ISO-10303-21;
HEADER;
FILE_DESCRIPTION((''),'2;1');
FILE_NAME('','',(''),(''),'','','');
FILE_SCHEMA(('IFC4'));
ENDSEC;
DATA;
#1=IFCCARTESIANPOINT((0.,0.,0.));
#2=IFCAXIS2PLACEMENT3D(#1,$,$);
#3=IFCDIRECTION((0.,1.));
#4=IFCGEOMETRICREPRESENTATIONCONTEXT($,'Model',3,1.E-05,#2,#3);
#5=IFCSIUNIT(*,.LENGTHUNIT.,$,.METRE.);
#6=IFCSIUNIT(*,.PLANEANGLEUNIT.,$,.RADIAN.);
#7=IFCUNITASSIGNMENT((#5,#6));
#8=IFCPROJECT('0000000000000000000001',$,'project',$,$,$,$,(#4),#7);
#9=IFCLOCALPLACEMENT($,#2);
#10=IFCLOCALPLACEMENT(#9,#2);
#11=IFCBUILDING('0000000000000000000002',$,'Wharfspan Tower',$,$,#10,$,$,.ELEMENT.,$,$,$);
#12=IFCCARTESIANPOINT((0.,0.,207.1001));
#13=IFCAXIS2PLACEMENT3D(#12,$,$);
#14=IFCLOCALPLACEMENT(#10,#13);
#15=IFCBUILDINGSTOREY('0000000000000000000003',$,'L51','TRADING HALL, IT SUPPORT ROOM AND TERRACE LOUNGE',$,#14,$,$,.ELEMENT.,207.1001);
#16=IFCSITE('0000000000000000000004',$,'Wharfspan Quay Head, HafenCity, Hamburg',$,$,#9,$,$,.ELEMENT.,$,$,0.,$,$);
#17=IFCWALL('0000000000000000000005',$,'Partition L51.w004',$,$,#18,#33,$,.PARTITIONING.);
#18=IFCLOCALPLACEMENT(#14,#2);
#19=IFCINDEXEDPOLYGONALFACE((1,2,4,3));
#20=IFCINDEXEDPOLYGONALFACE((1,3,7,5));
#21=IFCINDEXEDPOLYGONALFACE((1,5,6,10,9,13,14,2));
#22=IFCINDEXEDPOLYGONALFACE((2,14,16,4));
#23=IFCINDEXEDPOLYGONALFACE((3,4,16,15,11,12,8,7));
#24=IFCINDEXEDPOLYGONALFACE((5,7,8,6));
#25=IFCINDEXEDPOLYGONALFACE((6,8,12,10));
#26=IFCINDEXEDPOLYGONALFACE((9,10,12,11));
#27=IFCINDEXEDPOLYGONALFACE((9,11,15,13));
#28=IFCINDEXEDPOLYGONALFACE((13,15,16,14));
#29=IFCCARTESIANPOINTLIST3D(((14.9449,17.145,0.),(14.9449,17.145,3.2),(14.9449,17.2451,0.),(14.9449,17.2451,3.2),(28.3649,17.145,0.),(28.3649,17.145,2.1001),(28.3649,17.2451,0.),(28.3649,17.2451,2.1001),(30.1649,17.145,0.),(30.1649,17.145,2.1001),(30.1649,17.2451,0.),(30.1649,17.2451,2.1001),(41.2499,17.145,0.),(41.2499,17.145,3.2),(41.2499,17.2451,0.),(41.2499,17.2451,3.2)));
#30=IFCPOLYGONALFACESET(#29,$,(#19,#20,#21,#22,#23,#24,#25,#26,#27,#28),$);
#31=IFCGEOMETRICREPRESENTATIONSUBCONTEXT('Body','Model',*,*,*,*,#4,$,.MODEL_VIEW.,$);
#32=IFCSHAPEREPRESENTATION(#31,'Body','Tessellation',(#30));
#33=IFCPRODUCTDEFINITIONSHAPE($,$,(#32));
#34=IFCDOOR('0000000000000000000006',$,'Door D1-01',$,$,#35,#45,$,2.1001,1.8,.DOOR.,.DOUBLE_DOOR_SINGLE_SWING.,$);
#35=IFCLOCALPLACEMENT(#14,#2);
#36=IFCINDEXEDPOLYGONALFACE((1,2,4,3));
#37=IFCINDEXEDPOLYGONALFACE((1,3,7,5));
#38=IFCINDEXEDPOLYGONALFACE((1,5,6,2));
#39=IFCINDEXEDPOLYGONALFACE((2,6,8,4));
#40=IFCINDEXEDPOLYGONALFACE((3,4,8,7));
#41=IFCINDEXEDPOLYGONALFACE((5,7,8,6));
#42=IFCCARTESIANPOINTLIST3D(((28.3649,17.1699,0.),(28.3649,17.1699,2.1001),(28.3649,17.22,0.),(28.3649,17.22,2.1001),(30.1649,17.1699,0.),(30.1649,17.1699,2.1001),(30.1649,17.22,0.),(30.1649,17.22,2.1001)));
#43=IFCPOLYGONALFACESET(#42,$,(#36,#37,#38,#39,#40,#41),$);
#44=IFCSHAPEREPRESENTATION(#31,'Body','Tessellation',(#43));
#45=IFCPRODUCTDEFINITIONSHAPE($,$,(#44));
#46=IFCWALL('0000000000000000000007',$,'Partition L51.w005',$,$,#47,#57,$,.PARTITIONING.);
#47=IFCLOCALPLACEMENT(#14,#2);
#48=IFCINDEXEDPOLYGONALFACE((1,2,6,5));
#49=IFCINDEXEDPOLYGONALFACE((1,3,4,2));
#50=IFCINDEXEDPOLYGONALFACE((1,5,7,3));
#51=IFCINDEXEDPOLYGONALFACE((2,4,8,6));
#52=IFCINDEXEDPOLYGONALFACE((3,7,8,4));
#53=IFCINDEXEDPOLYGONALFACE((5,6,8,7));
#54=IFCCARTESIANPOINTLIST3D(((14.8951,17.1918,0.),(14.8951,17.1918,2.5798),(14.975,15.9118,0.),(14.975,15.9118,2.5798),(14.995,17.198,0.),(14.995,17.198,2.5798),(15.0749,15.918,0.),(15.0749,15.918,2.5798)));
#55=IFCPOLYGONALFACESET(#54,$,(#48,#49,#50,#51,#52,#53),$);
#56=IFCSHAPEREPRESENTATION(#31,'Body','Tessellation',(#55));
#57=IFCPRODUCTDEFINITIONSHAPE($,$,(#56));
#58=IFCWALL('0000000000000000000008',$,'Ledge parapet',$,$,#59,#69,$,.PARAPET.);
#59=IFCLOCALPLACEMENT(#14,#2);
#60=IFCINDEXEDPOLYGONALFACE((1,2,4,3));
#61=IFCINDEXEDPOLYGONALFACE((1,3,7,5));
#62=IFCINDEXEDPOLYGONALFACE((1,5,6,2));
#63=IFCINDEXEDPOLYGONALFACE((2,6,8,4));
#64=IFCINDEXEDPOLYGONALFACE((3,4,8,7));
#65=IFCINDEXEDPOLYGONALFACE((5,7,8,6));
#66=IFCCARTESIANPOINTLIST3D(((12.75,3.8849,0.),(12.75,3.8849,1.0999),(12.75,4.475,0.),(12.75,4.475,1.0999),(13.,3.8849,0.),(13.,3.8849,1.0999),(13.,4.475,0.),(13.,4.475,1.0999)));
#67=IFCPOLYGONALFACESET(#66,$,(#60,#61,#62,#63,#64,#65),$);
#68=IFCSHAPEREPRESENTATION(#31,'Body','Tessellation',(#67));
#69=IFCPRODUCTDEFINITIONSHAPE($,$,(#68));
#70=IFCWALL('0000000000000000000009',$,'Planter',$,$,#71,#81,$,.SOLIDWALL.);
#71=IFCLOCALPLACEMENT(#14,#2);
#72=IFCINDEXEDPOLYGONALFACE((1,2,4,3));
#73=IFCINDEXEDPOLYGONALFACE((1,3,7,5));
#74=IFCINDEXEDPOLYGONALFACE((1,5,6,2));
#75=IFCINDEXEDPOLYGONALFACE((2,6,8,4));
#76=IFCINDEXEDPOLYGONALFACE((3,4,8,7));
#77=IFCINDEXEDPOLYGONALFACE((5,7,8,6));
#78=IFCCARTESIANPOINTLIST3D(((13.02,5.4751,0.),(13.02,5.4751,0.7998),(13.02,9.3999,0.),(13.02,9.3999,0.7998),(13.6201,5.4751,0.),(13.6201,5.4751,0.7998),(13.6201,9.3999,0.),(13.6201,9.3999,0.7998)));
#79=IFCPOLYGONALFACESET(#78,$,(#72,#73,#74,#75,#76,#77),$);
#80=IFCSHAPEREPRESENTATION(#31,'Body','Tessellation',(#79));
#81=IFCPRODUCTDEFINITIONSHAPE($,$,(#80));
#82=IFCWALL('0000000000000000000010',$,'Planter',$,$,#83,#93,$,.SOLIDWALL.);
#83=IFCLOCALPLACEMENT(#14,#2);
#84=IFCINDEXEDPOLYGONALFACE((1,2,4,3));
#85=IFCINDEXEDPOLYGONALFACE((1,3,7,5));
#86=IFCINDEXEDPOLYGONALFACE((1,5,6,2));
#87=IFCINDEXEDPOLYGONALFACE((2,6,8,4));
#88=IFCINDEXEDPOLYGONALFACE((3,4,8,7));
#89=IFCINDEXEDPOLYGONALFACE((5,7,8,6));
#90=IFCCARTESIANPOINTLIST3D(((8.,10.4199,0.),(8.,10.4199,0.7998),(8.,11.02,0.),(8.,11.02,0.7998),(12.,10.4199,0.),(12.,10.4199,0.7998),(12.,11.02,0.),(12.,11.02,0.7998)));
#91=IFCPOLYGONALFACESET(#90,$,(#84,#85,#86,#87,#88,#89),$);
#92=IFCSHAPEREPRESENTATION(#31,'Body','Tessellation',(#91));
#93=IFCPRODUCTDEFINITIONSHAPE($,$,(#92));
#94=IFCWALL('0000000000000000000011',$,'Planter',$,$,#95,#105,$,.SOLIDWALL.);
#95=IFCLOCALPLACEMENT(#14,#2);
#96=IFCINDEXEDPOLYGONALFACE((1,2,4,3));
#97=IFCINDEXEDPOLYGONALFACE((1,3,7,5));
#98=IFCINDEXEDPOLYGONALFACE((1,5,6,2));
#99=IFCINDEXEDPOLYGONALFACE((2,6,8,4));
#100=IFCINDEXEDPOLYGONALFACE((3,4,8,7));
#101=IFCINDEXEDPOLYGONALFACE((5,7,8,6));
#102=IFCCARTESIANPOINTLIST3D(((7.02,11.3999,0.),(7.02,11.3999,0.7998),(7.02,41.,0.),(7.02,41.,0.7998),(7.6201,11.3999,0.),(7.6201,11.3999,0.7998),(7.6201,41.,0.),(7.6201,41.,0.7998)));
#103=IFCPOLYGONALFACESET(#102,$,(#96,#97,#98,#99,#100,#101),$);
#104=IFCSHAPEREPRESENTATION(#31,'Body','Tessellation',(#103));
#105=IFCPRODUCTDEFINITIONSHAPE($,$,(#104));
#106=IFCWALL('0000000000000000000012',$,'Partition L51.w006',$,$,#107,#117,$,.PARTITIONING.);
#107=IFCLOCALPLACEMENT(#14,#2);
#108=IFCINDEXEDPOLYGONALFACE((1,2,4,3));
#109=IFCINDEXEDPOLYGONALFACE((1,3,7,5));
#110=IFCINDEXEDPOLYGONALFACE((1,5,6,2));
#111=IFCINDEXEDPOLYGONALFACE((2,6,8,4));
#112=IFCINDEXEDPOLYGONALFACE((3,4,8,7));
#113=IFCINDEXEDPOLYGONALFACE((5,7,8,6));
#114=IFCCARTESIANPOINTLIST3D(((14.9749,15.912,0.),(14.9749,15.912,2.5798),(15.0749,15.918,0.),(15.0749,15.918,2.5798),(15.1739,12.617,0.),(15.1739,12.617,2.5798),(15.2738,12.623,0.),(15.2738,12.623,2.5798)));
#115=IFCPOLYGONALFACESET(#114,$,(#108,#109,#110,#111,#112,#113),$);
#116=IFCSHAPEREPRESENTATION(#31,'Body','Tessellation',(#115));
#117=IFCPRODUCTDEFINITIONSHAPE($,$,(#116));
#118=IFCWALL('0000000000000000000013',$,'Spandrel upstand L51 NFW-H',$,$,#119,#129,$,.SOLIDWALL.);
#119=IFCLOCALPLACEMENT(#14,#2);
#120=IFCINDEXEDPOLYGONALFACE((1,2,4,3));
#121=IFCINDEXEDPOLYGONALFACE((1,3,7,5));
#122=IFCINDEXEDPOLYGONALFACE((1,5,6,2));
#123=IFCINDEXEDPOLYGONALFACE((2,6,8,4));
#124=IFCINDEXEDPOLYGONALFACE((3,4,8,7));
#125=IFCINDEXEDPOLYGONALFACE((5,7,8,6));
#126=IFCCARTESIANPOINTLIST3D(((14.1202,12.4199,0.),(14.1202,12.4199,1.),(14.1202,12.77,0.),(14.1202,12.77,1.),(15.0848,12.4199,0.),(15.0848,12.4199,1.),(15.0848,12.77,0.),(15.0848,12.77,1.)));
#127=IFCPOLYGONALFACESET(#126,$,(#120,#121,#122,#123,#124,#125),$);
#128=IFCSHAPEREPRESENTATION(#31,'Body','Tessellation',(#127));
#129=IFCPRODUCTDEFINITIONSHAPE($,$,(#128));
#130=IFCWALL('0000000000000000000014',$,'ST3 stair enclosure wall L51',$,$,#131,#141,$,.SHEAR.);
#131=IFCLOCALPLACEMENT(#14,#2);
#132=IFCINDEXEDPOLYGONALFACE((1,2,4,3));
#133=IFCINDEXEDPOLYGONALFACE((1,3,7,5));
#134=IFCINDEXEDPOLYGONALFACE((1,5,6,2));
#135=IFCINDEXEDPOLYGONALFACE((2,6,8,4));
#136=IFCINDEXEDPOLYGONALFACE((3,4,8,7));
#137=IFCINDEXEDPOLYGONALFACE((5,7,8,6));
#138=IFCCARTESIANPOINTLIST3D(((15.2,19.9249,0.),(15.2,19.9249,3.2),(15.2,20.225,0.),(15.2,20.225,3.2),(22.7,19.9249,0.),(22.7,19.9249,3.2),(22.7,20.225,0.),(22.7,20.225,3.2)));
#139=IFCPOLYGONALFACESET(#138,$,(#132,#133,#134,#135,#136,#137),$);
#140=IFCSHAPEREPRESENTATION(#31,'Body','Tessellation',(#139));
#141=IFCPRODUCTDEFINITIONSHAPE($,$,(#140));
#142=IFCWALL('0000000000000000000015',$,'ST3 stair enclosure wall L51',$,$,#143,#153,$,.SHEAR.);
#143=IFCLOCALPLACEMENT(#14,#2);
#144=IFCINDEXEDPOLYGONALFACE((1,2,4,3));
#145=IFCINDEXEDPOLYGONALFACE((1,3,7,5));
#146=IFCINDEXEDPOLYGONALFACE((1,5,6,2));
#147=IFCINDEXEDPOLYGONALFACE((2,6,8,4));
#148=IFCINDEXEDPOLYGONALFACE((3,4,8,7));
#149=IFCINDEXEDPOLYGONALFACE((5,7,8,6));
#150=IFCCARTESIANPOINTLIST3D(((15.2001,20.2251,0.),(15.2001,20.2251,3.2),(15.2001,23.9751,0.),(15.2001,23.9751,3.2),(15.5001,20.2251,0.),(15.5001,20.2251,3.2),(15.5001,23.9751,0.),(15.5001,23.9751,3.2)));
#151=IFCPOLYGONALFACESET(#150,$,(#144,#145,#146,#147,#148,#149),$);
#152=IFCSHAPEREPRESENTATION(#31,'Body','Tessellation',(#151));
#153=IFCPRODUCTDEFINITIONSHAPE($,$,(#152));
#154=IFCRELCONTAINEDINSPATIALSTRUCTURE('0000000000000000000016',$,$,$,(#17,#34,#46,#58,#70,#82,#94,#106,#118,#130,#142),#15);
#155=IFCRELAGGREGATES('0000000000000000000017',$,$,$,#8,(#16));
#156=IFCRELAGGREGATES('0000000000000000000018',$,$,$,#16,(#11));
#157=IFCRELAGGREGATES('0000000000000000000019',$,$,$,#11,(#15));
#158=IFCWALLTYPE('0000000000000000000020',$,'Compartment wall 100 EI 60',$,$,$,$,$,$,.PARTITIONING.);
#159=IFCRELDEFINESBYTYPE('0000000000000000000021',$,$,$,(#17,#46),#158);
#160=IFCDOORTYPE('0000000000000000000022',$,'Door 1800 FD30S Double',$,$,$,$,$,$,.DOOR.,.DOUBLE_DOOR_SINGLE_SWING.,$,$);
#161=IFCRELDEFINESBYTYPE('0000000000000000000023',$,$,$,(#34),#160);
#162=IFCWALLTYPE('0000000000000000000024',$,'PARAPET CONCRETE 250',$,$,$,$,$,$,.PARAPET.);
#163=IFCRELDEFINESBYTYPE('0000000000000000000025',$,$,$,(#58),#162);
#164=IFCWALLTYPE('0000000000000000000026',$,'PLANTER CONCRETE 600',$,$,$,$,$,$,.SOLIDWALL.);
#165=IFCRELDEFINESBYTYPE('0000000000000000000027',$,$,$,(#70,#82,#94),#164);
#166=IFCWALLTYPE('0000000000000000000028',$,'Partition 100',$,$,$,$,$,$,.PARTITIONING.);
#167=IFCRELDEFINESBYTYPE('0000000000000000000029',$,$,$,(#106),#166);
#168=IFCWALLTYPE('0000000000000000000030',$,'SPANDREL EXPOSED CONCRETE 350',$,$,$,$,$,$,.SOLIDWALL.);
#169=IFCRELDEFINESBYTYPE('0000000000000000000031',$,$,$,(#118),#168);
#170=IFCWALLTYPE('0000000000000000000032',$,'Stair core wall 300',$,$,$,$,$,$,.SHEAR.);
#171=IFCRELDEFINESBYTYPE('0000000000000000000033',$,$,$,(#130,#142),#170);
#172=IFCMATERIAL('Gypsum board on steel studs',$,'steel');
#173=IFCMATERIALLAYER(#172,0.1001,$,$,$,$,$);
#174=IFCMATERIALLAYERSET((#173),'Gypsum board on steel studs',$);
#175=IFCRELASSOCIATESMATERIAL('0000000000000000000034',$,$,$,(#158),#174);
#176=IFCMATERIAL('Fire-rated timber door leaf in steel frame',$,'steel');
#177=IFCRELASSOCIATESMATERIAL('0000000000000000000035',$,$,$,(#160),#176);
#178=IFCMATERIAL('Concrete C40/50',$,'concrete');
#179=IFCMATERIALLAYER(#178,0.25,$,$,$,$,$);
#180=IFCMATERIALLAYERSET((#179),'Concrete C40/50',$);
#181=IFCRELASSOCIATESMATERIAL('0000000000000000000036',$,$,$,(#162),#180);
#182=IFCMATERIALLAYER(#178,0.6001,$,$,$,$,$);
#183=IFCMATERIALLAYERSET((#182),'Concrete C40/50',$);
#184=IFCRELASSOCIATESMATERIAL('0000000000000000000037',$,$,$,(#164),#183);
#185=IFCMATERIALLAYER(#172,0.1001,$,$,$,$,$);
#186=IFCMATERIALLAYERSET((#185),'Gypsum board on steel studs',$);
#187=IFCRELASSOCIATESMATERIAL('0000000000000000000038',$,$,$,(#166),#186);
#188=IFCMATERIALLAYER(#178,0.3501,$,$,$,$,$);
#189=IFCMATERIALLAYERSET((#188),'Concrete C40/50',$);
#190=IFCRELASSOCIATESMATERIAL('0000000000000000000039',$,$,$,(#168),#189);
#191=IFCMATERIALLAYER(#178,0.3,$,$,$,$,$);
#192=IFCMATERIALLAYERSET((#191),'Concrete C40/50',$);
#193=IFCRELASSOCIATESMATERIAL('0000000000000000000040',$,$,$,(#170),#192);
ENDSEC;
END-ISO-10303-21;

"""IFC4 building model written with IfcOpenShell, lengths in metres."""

from ifc_helpers import new_model, si_unit, direction, frame, frame_2d, origin, place, context, subcontext, project, spatial, rectangle, extrude, material, layer, layer_set, type_object, element, fill, save


model = new_model("IFC4")

# Units and contexts
model_context = context("Model", 3, precision=1e-05, world=origin(), true_north=direction((0.0, 1.0)))
body_context = subcontext(model_context, "Body", "Model", "MODEL_VIEW")
ifc_project = project(units=[si_unit("LENGTHUNIT", "METRE"), si_unit("PLANEANGLEUNIT", "RADIAN")], contexts=[model_context])

# Site, building, storey
site_placement = place(None, origin())
site = spatial("IfcSite", under=ifc_project, at=site_placement, Name="Wharfspan Quay Head, HafenCity, Hamburg", CompositionType="ELEMENT", RefElevation=0.0)
building_placement = place(site_placement, origin())
building = spatial("IfcBuilding", under=site, at=building_placement, Name="Wharfspan Tower", CompositionType="ELEMENT")
storey_placement = place(building_placement, frame((0.0, 0.0, 207.1001)))
storey = spatial("IfcBuildingStorey", under=building, at=storey_placement, Name="L51", Description="TRADING HALL, IT SUPPORT ROOM AND TERRACE LOUNGE", CompositionType="ELEMENT", Elevation=207.1001)

# Shared definitions
ifc_material_1 = material(Name="Concrete C40/50", Category="concrete")

# Wall, opening, door
ifc_material_2 = material(Name="Gypsum board on steel studs", Category="steel")
ifc_layer_1 = layer(ifc_material_2, 0.1001)
ifc_layer_set_1 = layer_set([ifc_layer_1], Name="Gypsum board on steel studs")
wall_type_1 = type_object("IfcWallType", Name="Compartment wall 100 EI 60", PredefinedType="PARTITIONING", material=ifc_layer_set_1)
wall_1_placement = place(storey_placement, frame((14.9451, 17.1951, 0.0), z_axis=(0.0, 0.0, 1.0), x_axis=(1.0, 0.0, 0.0)))
wall_1 = element("IfcWall", 1, at=wall_1_placement, inside=storey, type_object=wall_type_1, Name="Partition L51.w004", PredefinedType="PARTITIONING", context=body_context, shape_type="SweptSolid", body=[
    extrude(rectangle(XDim=26.3049, YDim=0.1001, at=frame_2d((13.1523, 0.0))), origin(), (0.0, 0.0, 1.0), 3.2),
])
opening_placement = place(wall_1_placement, frame((13.4199, 0.0, 0.0)))
opening = element("IfcOpeningElement", 2, at=opening_placement, cuts=wall_1, PredefinedType="OPENING", context=body_context, shape_type="SweptSolid", body=[
    extrude(rectangle(XDim=1.8, YDim=2.1001, at=frame_2d((0.8999, 1.05))), frame((0.0, 0.0601, 0.0), z_axis=(0.0, -1.0, 0.0), x_axis=(1.0, 0.0, 0.0)), (0.0, 0.0, 1.0), 0.1201),
])
ifc_material_3 = material(Name="Fire-rated timber door leaf in steel frame", Category="steel")
door_type = type_object("IfcDoorType", Name="Door 1800 FD30S Double", OperationType="DOUBLE_DOOR_SINGLE_SWING", PredefinedType="DOOR", material=ifc_material_3)
door_placement = place(opening_placement, origin())
door = element("IfcDoor", 3, at=door_placement, inside=storey, type_object=door_type, Name="Door D1-01", OperationType="DOUBLE_DOOR_SINGLE_SWING", OverallHeight=2.1001, OverallWidth=1.8, PredefinedType="DOOR", context=body_context, shape_type="SweptSolid", body=[
    extrude(rectangle(XDim=1.8, YDim=2.1001, at=frame_2d((0.8999, 1.05))), frame((0.0, 0.0249, 0.0), z_axis=(0.0, -1.0, 0.0), x_axis=(1.0, 0.0, 0.0)), (0.0, 0.0, 1.0), 0.05),
])
fill(opening, door)

# Walls
wall_2_placement = place(storey_placement, frame((15.0249, 15.915, 0.0), z_axis=(0.0, 0.0, 1.0), x_axis=(-0.062248, 0.998062, 0.0)))
element("IfcWall", 4, at=wall_2_placement, inside=storey, type_object=wall_type_1, Name="Partition L51.w005", PredefinedType="PARTITIONING", context=body_context, shape_type="SweptSolid", body=[
    extrude(rectangle(XDim=1.2825, YDim=0.1001, at=frame_2d((0.6411, 0.0))), origin(), (0.0, 0.0, 1.0), 2.5798),
])
ifc_layer_2 = layer(ifc_material_1, 0.25)
ifc_layer_set_2 = layer_set([ifc_layer_2], Name="Concrete C40/50")
wall_type_2 = type_object("IfcWallType", Name="PARAPET CONCRETE 250", PredefinedType="PARAPET", material=ifc_layer_set_2)
wall_3_placement = place(storey_placement, frame((12.875, 3.885, 0.0), z_axis=(0.0, 0.0, 1.0), x_axis=(0.0, 1.0, 0.0)))
element("IfcWall", 5, at=wall_3_placement, inside=storey, type_object=wall_type_2, Name="Ledge parapet", PredefinedType="PARAPET", context=body_context, shape_type="SweptSolid", body=[
    extrude(rectangle(XDim=0.5901, YDim=0.25, at=frame_2d((0.2949, 0.0))), origin(), (0.0, 0.0, 1.0), 1.0999),
])
ifc_layer_3 = layer(ifc_material_1, 0.6001)
ifc_layer_set_3 = layer_set([ifc_layer_3], Name="Concrete C40/50")
wall_type_3 = type_object("IfcWallType", Name="PLANTER CONCRETE 600", PredefinedType="SOLIDWALL", material=ifc_layer_set_3)
wall_4_placement = place(storey_placement, frame((13.3201, 5.4751, 0.0), z_axis=(0.0, 0.0, 1.0), x_axis=(0.0, 1.0, 0.0)))
element("IfcWall", 6, at=wall_4_placement, inside=storey, type_object=wall_type_3, Name="Planter", PredefinedType="SOLIDWALL", context=body_context, shape_type="SweptSolid", body=[
    extrude(rectangle(XDim=3.9248, YDim=0.6001, at=frame_2d((1.9624, 0.0))), origin(), (0.0, 0.0, 1.0), 0.7998),
])
wall_5_placement = place(storey_placement, frame((12.0, 10.72, 0.0), z_axis=(0.0, 0.0, 1.0), x_axis=(-1.0, 0.0, 0.0)))
element("IfcWall", 7, at=wall_5_placement, inside=storey, type_object=wall_type_3, Name="Planter", PredefinedType="SOLIDWALL", context=body_context, shape_type="SweptSolid", body=[
    extrude(rectangle(XDim=4.0, YDim=0.6001, at=frame_2d((2.0, 0.0))), origin(), (0.0, 0.0, 1.0), 0.7998),
])
wall_6_placement = place(storey_placement, frame((7.3201, 11.3999, 0.0), z_axis=(0.0, 0.0, 1.0), x_axis=(0.0, 1.0, 0.0)))
element("IfcWall", 8, at=wall_6_placement, inside=storey, type_object=wall_type_3, Name="Planter", PredefinedType="SOLIDWALL", context=body_context, shape_type="SweptSolid", body=[
    extrude(rectangle(XDim=29.6001, YDim=0.6001, at=frame_2d((14.8, 0.0))), origin(), (0.0, 0.0, 1.0), 0.7998),
])
ifc_layer_4 = layer(ifc_material_2, 0.1001)
ifc_layer_set_4 = layer_set([ifc_layer_4], Name="Gypsum board on steel studs")
wall_type_4 = type_object("IfcWallType", Name="Partition 100", PredefinedType="PARTITIONING", material=ifc_layer_set_4)
wall_7_placement = place(storey_placement, frame((15.2239, 12.6201, 0.0), z_axis=(0.0, 0.0, 1.0), x_axis=(-0.060278, 0.998178, 0.0)))
element("IfcWall", 9, at=wall_7_placement, inside=storey, type_object=wall_type_4, Name="Partition L51.w006", PredefinedType="PARTITIONING", context=body_context, shape_type="SweptSolid", body=[
    extrude(rectangle(XDim=3.301, YDim=0.1001, at=frame_2d((1.6504, 0.0))), origin(), (0.0, 0.0, 1.0), 2.5798),
])
ifc_layer_5 = layer(ifc_material_1, 0.3501)
ifc_layer_set_5 = layer_set([ifc_layer_5], Name="Concrete C40/50")
wall_type_5 = type_object("IfcWallType", Name="SPANDREL EXPOSED CONCRETE 350", PredefinedType="SOLIDWALL", material=ifc_layer_set_5)
wall_8_placement = place(storey_placement, frame((14.1201, 12.595, 0.0), z_axis=(0.0, 0.0, 1.0), x_axis=(1.0, 0.0, 0.0)))
element("IfcWall", 10, at=wall_8_placement, inside=storey, type_object=wall_type_5, Name="Spandrel upstand L51 NFW-H", PredefinedType="SOLIDWALL", context=body_context, shape_type="SweptSolid", body=[
    extrude(rectangle(XDim=0.9646, YDim=0.3501, at=frame_2d((0.4824, 0.0))), origin(), (0.0, 0.0, 1.0), 1.0),
])
ifc_layer_6 = layer(ifc_material_1, 0.3)
ifc_layer_set_6 = layer_set([ifc_layer_6], Name="Concrete C40/50")
wall_type_6 = type_object("IfcWallType", Name="Stair core wall 300", PredefinedType="SHEAR", material=ifc_layer_set_6)
wall_9_placement = place(storey_placement, frame((15.2, 20.075, 0.0), z_axis=(0.0, 0.0, 1.0), x_axis=(1.0, 0.0, 0.0)))
element("IfcWall", 11, at=wall_9_placement, inside=storey, type_object=wall_type_6, Name="ST3 stair enclosure wall L51", PredefinedType="SHEAR", context=body_context, shape_type="SweptSolid", body=[
    extrude(rectangle(XDim=7.5, YDim=0.3, at=frame_2d((3.75, 0.0))), origin(), (0.0, 0.0, 1.0), 3.2),
])
wall_10_placement = place(storey_placement, frame((15.3501, 20.2251, 0.0), z_axis=(0.0, 0.0, 1.0), x_axis=(0.0, 1.0, 0.0)))
element("IfcWall", 12, at=wall_10_placement, inside=storey, type_object=wall_type_6, Name="ST3 stair enclosure wall L51", PredefinedType="SHEAR", context=body_context, shape_type="SweptSolid", body=[
    extrude(rectangle(XDim=3.75, YDim=0.3, at=frame_2d((1.875, 0.0))), origin(), (0.0, 0.0, 1.0), 3.2),
])

save(model, "model.ifc")
